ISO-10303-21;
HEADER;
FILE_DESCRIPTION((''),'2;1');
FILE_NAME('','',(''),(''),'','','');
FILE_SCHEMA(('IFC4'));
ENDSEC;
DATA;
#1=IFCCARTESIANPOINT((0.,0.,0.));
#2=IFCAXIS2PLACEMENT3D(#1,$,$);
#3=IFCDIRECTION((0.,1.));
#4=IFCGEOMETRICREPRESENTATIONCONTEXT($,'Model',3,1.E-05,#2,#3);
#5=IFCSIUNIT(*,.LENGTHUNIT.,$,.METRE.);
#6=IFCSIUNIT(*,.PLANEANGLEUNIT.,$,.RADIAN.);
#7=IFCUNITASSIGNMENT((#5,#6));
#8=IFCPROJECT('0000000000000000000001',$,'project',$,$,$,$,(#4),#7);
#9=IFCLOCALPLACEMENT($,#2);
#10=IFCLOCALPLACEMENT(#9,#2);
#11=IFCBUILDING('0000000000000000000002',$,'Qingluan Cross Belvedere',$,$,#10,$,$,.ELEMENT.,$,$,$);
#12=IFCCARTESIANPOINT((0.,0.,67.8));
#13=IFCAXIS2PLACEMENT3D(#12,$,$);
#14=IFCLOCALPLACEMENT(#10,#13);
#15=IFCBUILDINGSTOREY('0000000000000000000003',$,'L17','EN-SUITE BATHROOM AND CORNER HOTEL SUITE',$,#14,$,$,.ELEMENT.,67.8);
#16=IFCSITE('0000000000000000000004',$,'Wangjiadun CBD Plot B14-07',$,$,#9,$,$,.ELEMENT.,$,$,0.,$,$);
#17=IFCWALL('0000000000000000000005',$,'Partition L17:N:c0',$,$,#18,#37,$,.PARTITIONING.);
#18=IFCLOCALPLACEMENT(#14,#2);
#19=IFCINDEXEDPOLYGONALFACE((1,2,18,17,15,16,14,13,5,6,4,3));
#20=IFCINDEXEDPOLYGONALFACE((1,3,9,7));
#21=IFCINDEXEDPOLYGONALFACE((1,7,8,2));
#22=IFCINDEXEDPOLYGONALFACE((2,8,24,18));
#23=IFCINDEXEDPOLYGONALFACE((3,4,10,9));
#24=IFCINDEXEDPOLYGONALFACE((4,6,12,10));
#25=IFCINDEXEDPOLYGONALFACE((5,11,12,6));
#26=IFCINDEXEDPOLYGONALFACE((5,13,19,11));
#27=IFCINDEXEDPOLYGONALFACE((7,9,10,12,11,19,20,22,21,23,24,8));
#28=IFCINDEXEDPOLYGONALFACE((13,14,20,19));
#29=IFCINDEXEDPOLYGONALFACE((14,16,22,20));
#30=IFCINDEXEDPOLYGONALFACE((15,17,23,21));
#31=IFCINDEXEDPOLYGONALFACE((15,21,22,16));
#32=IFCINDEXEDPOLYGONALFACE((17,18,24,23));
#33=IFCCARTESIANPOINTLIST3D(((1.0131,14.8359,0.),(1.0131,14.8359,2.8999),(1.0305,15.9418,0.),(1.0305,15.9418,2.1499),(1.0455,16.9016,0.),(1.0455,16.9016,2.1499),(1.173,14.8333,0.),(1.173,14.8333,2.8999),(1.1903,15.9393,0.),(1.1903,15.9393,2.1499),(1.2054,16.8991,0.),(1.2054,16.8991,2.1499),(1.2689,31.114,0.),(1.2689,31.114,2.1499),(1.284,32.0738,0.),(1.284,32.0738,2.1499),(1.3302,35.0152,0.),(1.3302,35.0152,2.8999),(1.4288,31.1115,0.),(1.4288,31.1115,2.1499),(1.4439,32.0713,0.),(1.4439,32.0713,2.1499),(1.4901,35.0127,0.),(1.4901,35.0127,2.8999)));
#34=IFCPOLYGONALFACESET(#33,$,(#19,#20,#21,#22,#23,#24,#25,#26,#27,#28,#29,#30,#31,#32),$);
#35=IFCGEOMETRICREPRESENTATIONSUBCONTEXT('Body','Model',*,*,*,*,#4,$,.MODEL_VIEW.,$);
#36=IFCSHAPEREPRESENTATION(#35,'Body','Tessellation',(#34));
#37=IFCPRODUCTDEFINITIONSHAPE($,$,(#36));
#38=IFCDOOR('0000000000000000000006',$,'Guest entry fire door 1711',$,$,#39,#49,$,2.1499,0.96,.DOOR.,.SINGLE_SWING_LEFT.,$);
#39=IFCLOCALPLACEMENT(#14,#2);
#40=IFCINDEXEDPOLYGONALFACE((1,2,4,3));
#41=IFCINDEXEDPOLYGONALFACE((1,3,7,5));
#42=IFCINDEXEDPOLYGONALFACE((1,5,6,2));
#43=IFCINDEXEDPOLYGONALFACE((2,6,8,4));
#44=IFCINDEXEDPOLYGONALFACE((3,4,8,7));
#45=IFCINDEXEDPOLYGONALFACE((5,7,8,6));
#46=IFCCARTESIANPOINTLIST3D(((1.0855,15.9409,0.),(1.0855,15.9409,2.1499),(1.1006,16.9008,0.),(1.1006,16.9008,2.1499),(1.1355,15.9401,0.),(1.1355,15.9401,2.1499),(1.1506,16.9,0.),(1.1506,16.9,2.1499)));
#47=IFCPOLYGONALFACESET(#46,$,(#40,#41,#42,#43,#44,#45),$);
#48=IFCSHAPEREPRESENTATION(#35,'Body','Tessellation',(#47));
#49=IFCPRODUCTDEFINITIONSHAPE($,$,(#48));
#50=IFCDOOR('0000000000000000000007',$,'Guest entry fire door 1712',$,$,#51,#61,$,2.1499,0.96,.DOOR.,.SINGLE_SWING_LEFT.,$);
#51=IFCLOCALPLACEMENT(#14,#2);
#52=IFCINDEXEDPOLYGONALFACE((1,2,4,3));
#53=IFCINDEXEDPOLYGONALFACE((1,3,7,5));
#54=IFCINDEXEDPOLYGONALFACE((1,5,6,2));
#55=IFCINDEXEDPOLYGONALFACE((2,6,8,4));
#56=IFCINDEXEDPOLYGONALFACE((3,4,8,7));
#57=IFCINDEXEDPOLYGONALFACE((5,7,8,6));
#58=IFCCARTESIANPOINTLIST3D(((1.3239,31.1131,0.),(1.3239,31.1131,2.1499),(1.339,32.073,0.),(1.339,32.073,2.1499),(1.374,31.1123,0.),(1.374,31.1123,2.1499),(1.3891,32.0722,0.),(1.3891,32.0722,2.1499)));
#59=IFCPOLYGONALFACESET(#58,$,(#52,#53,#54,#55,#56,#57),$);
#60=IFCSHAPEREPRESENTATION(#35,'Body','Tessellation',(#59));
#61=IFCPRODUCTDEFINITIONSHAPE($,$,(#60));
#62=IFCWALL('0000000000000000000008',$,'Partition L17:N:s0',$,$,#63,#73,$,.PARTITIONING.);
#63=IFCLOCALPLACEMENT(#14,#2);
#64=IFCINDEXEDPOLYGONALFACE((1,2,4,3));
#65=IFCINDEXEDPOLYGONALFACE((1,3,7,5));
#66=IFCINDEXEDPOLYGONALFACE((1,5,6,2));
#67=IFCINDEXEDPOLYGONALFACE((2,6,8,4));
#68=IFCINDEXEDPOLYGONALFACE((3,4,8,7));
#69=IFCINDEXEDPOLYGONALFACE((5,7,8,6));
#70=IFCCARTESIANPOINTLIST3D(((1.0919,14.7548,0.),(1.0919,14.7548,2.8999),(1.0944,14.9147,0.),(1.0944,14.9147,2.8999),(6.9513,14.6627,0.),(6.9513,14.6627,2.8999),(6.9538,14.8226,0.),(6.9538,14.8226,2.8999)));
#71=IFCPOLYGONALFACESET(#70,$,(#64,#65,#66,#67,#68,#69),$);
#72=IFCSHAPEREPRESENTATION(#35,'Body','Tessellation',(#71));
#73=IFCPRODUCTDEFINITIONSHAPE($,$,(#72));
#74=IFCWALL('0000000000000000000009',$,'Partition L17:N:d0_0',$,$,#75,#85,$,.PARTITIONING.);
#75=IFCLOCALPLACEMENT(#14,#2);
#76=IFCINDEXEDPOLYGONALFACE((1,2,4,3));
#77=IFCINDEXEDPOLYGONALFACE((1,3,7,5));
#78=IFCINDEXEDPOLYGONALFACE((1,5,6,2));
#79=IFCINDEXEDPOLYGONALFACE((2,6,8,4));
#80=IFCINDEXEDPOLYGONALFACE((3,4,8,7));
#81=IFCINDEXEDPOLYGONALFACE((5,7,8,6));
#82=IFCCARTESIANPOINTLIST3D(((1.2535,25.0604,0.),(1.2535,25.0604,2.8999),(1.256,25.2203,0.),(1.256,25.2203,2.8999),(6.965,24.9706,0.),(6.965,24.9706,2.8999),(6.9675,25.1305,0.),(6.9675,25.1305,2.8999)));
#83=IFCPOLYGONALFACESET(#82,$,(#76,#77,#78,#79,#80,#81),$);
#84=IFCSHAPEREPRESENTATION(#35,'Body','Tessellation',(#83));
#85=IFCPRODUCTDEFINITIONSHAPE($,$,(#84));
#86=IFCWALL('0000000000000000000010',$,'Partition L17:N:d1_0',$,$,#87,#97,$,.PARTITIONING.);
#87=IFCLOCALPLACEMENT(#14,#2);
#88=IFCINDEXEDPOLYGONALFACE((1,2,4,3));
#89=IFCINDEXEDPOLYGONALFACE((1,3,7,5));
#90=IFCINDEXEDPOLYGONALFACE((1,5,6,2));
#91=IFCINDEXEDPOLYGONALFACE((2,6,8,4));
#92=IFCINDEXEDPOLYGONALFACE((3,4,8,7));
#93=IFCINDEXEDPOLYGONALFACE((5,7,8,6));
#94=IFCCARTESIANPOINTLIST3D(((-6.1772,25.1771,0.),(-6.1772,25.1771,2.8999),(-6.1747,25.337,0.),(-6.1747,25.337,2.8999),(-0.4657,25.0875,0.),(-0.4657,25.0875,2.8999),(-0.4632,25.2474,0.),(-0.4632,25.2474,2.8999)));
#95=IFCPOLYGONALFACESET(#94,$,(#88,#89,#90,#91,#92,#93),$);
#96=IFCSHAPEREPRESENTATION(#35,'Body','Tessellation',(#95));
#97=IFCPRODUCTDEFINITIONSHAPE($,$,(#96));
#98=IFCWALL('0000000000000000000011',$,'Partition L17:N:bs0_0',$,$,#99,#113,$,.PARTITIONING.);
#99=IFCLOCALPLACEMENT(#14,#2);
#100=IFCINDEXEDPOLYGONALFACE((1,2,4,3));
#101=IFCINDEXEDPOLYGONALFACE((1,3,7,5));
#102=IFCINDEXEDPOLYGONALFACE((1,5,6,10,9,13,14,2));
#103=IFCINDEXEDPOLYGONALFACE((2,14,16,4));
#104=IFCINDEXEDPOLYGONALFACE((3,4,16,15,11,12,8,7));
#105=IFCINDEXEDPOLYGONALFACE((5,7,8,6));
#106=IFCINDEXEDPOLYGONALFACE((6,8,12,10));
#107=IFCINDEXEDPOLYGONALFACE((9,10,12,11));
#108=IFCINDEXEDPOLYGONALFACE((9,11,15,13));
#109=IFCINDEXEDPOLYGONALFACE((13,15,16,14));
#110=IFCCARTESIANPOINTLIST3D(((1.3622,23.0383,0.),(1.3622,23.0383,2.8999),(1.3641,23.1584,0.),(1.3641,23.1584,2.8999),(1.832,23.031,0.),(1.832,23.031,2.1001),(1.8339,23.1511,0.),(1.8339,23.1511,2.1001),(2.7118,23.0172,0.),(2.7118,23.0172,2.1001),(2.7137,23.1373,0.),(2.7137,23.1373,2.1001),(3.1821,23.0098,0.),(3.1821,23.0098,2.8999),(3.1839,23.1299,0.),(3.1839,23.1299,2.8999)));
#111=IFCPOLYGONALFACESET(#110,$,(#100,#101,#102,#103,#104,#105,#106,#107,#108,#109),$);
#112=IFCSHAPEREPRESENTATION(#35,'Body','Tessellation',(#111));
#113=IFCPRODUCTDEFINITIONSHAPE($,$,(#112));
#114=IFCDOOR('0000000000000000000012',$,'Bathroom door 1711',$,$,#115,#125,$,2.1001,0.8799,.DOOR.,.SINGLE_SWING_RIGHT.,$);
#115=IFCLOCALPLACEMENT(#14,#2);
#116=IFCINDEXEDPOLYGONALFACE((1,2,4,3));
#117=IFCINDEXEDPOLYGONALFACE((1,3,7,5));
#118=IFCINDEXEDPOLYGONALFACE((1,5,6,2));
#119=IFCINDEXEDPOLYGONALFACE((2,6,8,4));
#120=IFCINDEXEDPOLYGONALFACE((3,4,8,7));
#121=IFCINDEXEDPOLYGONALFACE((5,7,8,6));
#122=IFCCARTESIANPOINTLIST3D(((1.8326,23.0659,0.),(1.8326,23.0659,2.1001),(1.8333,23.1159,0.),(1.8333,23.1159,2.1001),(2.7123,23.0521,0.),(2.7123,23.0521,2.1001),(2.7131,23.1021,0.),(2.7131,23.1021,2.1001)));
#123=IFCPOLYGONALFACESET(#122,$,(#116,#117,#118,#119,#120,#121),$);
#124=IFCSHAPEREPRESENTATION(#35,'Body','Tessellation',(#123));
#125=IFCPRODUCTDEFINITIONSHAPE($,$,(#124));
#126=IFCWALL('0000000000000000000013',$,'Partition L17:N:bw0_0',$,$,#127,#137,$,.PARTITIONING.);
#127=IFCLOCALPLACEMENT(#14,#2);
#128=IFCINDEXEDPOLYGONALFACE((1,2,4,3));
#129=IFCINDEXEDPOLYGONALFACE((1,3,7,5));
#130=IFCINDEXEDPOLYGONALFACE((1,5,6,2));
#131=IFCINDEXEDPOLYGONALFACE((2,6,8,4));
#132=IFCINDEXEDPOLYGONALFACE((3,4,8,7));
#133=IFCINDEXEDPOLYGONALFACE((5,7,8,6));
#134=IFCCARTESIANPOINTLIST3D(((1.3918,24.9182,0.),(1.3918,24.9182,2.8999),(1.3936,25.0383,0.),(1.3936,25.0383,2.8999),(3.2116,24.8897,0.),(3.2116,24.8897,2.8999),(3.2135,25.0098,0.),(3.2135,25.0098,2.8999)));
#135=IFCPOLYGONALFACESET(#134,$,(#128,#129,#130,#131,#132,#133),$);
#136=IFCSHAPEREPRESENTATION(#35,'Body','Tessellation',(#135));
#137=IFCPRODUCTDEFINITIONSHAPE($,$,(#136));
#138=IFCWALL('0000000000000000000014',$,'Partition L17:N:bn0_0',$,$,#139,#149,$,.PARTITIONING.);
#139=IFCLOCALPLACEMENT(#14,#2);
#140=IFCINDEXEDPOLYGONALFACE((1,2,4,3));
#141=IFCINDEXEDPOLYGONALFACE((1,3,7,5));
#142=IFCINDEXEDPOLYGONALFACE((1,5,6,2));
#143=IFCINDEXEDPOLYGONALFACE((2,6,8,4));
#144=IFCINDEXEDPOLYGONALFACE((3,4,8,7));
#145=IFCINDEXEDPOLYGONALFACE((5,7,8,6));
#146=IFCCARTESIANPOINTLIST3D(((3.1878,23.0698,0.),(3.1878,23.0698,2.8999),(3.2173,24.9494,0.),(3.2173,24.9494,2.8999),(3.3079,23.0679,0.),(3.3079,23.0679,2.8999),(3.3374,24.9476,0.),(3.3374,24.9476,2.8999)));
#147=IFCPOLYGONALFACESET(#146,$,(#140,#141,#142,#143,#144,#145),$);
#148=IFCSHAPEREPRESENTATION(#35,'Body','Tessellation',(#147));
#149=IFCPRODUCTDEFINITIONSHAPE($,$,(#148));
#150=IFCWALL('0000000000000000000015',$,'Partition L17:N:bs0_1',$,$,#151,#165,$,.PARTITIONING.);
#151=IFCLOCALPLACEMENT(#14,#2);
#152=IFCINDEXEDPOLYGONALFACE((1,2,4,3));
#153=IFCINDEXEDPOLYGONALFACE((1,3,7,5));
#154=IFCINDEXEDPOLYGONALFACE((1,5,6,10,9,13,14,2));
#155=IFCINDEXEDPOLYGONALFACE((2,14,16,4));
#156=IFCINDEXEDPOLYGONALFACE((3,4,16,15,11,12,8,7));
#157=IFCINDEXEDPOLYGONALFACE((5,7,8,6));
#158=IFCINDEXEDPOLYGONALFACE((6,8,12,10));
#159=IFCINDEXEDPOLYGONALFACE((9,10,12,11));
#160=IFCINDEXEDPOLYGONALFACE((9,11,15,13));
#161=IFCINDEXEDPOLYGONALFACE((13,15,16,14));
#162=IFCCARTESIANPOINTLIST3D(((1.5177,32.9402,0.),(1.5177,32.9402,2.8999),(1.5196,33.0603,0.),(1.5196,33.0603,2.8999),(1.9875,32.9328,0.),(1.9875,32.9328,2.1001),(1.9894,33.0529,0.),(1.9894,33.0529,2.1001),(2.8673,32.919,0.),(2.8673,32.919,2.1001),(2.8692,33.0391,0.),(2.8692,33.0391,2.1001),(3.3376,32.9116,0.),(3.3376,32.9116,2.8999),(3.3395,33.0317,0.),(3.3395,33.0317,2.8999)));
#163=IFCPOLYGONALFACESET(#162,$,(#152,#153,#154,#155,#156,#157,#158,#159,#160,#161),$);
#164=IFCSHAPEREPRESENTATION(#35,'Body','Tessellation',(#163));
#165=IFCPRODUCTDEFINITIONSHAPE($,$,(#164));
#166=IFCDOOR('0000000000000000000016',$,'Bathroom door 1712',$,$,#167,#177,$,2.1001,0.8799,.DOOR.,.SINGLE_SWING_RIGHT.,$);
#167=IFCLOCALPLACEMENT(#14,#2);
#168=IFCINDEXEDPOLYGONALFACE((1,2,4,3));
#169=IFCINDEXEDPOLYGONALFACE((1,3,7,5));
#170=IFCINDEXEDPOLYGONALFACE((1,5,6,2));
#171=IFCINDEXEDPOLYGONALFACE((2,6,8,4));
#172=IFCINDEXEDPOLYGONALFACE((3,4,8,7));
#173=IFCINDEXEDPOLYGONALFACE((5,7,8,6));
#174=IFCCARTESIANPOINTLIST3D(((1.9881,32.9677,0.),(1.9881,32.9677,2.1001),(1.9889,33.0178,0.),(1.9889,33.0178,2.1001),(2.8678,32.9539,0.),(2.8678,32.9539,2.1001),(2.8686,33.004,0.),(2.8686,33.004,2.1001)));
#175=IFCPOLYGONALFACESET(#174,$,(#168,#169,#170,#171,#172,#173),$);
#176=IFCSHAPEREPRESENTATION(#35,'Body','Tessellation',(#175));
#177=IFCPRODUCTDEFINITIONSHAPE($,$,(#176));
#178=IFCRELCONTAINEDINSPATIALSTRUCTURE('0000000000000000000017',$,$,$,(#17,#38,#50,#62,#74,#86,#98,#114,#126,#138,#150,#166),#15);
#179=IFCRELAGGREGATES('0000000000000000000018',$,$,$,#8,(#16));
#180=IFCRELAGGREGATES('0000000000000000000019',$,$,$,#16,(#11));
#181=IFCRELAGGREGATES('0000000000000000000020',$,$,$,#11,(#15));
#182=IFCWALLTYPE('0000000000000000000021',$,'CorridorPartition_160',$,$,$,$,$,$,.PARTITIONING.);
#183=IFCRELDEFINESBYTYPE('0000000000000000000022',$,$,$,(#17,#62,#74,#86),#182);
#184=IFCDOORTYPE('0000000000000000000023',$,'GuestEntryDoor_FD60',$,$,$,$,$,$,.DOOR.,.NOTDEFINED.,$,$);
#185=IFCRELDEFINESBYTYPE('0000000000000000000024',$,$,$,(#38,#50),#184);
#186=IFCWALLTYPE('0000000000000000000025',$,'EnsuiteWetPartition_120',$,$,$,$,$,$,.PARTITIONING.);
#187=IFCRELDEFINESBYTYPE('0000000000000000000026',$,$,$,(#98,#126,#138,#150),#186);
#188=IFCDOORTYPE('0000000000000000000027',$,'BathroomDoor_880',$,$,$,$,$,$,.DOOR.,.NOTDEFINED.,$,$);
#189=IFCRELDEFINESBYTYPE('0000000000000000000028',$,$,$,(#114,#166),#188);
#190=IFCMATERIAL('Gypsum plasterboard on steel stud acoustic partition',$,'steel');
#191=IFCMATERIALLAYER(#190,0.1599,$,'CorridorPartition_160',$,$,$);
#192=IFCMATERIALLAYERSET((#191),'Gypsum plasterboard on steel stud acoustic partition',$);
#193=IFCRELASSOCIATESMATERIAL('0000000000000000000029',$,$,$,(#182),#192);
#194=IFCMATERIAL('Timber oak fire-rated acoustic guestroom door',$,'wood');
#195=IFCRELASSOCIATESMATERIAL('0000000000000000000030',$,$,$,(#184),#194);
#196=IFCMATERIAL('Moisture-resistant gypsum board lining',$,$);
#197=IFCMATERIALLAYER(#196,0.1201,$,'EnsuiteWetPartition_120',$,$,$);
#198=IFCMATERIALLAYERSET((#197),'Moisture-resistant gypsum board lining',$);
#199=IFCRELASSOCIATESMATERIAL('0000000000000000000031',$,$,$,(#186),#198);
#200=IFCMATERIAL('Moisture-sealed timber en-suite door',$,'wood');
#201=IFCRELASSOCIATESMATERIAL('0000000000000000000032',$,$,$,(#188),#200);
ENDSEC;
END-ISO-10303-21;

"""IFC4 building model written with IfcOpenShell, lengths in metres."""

from ifc_helpers import new_model, si_unit, direction, frame, frame_2d, origin, place, context, subcontext, project, spatial, rectangle, extrude, material, layer, layer_set, type_object, element, fill, save


model = new_model("IFC4")

# Units and contexts
model_context = context("Model", 3, precision=1e-05, world=origin(), true_north=direction((0.0, 1.0)))
body_context = subcontext(model_context, "Body", "Model", "MODEL_VIEW")
ifc_project = project(units=[si_unit("LENGTHUNIT", "METRE"), si_unit("PLANEANGLEUNIT", "RADIAN")], contexts=[model_context])

# Site, building, storey
site_placement = place(None, origin())
site = spatial("IfcSite", under=ifc_project, at=site_placement, Name="Wangjiadun CBD Plot B14-07", CompositionType="ELEMENT", RefElevation=0.0)
building_placement = place(site_placement, origin())
building = spatial("IfcBuilding", under=site, at=building_placement, Name="Qingluan Cross Belvedere", CompositionType="ELEMENT")
storey_placement = place(building_placement, frame((0.0, 0.0, 67.8)))
storey = spatial("IfcBuildingStorey", under=building, at=storey_placement, Name="L17", Description="EN-SUITE BATHROOM AND CORNER HOTEL SUITE", CompositionType="ELEMENT", Elevation=67.8)

# Wall, openings, doors
ifc_material_1 = material(Name="Gypsum plasterboard on steel stud acoustic partition", Category="steel")
ifc_layer_1 = layer(ifc_material_1, 0.1599, Name="CorridorPartition_160")
ifc_layer_set_1 = layer_set([ifc_layer_1], Name="Gypsum plasterboard on steel stud acoustic partition")
wall_type_1 = type_object("IfcWallType", Name="CorridorPartition_160", PredefinedType="PARTITIONING", material=ifc_layer_set_1)
wall_1_placement = place(storey_placement, frame((1.093, 14.8347, 0.0), z_axis=(0.0, 0.0, 1.0), x_axis=(0.015714, 0.999877, 0.0)))
wall_1 = element("IfcWall", 1, at=wall_1_placement, inside=storey, type_object=wall_type_1, Name="Partition L17:N:c0", PredefinedType="PARTITIONING", context=body_context, shape_type="SweptSolid", body=[
    extrude(rectangle(XDim=20.1819, YDim=0.1599, at=frame_2d((10.0908, 0.0))), origin(), (0.0, 0.0, 1.0), 2.8999),
])
opening_1_placement = place(wall_1_placement, frame((1.106, 0.0, 0.0)))
opening_1 = element("IfcOpeningElement", 2, at=opening_1_placement, cuts=wall_1, PredefinedType="OPENING", context=body_context, shape_type="SweptSolid", body=[
    extrude(rectangle(XDim=0.96, YDim=2.1499, at=frame_2d((0.48, 1.075))), frame((0.0, 0.0898, 0.0), z_axis=(0.0, -1.0, 0.0), x_axis=(1.0, 0.0, 0.0)), (0.0, 0.0, 1.0), 0.1799),
])
opening_2_placement = place(wall_1_placement, frame((16.28, 0.0, 0.0)))
opening_2 = element("IfcOpeningElement", 3, at=opening_2_placement, cuts=wall_1, PredefinedType="OPENING", context=body_context, shape_type="SweptSolid", body=[
    extrude(rectangle(XDim=0.96, YDim=2.1499, at=frame_2d((0.48, 1.075))), frame((0.0, 0.0898, 0.0), z_axis=(0.0, -1.0, 0.0), x_axis=(1.0, 0.0, 0.0)), (0.0, 0.0, 1.0), 0.1799),
])
ifc_material_2 = material(Name="Timber oak fire-rated acoustic guestroom door", Category="wood")
door_type_1 = type_object("IfcDoorType", Name="GuestEntryDoor_FD60", OperationType="NOTDEFINED", PredefinedType="DOOR", material=ifc_material_2)
door_1_placement = place(opening_1_placement, origin())
door_1 = element("IfcDoor", 4, at=door_1_placement, inside=storey, type_object=door_type_1, Name="Guest entry fire door 1711", OperationType="SINGLE_SWING_LEFT", OverallHeight=2.1499, OverallWidth=0.96, PredefinedType="DOOR", context=body_context, shape_type="SweptSolid", body=[
    extrude(rectangle(XDim=0.96, YDim=2.1499, at=frame_2d((0.48, 1.075))), frame((0.0, 0.0249, 0.0), z_axis=(0.0, -1.0, 0.0), x_axis=(1.0, 0.0, 0.0)), (0.0, 0.0, 1.0), 0.05),
])
fill(opening_1, door_1)
door_2_placement = place(opening_2_placement, origin())
door_2 = element("IfcDoor", 5, at=door_2_placement, inside=storey, type_object=door_type_1, Name="Guest entry fire door 1712", OperationType="SINGLE_SWING_LEFT", OverallHeight=2.1499, OverallWidth=0.96, PredefinedType="DOOR", context=body_context, shape_type="SweptSolid", body=[
    extrude(rectangle(XDim=0.96, YDim=2.1499, at=frame_2d((0.48, 1.075))), frame((0.0, 0.0249, 0.0), z_axis=(0.0, -1.0, 0.0), x_axis=(1.0, 0.0, 0.0)), (0.0, 0.0, 1.0), 0.05),
])
fill(opening_2, door_2)

# Walls
wall_2_placement = place(storey_placement, frame((1.093, 14.8347, 0.0), z_axis=(0.0, 0.0, 1.0), x_axis=(0.999877, -0.015706, 0.0)))
element("IfcWall", 6, at=wall_2_placement, inside=storey, type_object=wall_type_1, Name="Partition L17:N:s0", PredefinedType="PARTITIONING", context=body_context, shape_type="SweptSolid", body=[
    extrude(rectangle(XDim=5.8601, YDim=0.1599, at=frame_2d((2.9302, 0.0))), origin(), (0.0, 0.0, 1.0), 2.8999),
])
for number, where, z_axis, x_axis, name in (
    (7, (1.2549, 25.1404, 0.0), (0.0, 0.0, 1.0), (0.999876, -0.015729, 0.0), "Partition L17:N:d0_0"),
    (8, (-0.4646, 25.1675, 0.0), (0.0, 0.0, 1.0), (-0.999877, 0.015686, 0.0), "Partition L17:N:d1_0"),
):
    element("IfcWall", number, at=place(storey_placement, frame(where, z_axis=z_axis, x_axis=x_axis)), inside=storey, type_object=wall_type_1, Name=name, PredefinedType="PARTITIONING", context=body_context, shape_type="SweptSolid", body=[
        extrude(rectangle(XDim=5.7122, YDim=0.1599, at=frame_2d((2.856, 0.0))), origin(), (0.0, 0.0, 1.0), 2.8999),
    ])

# Wall, opening, door
ifc_material_3 = material(Name="Moisture-resistant gypsum board lining")
ifc_layer_2 = layer(ifc_material_3, 0.1201, Name="EnsuiteWetPartition_120")
ifc_layer_set_2 = layer_set([ifc_layer_2], Name="Moisture-resistant gypsum board lining")
wall_type_2 = type_object("IfcWallType", Name="EnsuiteWetPartition_120", PredefinedType="PARTITIONING", material=ifc_layer_set_2)
wall_3_placement = place(storey_placement, frame((1.363, 23.0984, 0.0), z_axis=(0.0, 0.0, 1.0), x_axis=(0.999877, -0.015694, 0.0)))
wall_3 = element("IfcWall", 9, at=wall_3_placement, inside=storey, type_object=wall_type_2, Name="Partition L17:N:bs0_0", PredefinedType="PARTITIONING", context=body_context, shape_type="SweptSolid", body=[
    extrude(rectangle(XDim=1.8201, YDim=0.1201, at=frame_2d((0.9102, 0.0))), origin(), (0.0, 0.0, 1.0), 2.8999),
])
opening_3_placement = place(wall_3_placement, frame((0.47, 0.0, 0.0)))
opening_3 = element("IfcOpeningElement", 10, at=opening_3_placement, cuts=wall_3, PredefinedType="OPENING", context=body_context, shape_type="SweptSolid", body=[
    extrude(rectangle(XDim=0.8799, YDim=2.1001, at=frame_2d((0.4399, 1.05))), frame((0.0, 0.0701, 0.0), z_axis=(0.0, -1.0, 0.0), x_axis=(1.0, 0.0, 0.0)), (0.0, 0.0, 1.0), 0.1401),
])
ifc_material_4 = material(Name="Moisture-sealed timber en-suite door", Category="wood")
door_type_2 = type_object("IfcDoorType", Name="BathroomDoor_880", OperationType="NOTDEFINED", PredefinedType="DOOR", material=ifc_material_4)
door_3_placement = place(opening_3_placement, origin())
door_3 = element("IfcDoor", 11, at=door_3_placement, inside=storey, type_object=door_type_2, Name="Bathroom door 1711", OperationType="SINGLE_SWING_RIGHT", OverallHeight=2.1001, OverallWidth=0.8799, PredefinedType="DOOR", context=body_context, shape_type="SweptSolid", body=[
    extrude(rectangle(XDim=0.8799, YDim=2.1001, at=frame_2d((0.4399, 1.05))), frame((0.0, 0.0249, 0.0), z_axis=(0.0, -1.0, 0.0), x_axis=(1.0, 0.0, 0.0)), (0.0, 0.0, 1.0), 0.05),
])
fill(opening_3, door_3)

# Walls
wall_4_placement = place(storey_placement, frame((1.3926, 24.9783, 0.0), z_axis=(0.0, 0.0, 1.0), x_axis=(0.999877, -0.015694, 0.0)))
element("IfcWall", 12, at=wall_4_placement, inside=storey, type_object=wall_type_2, Name="Partition L17:N:bw0_0", PredefinedType="PARTITIONING", context=body_context, shape_type="SweptSolid", body=[
    extrude(rectangle(XDim=1.8201, YDim=0.1201, at=frame_2d((0.9102, 0.0))), origin(), (0.0, 0.0, 1.0), 2.8999),
])
wall_5_placement = place(storey_placement, frame((3.2478, 23.0688, 0.0), z_axis=(0.0, 0.0, 1.0), x_axis=(0.015714, 0.999877, 0.0)))
element("IfcWall", 13, at=wall_5_placement, inside=storey, type_object=wall_type_2, Name="Partition L17:N:bn0_0", PredefinedType="PARTITIONING", context=body_context, shape_type="SweptSolid", body=[
    extrude(rectangle(XDim=1.8799, YDim=0.1201, at=frame_2d((0.9399, 0.0))), origin(), (0.0, 0.0, 1.0), 2.8999),
])

# Wall, opening, door
wall_6_placement = place(storey_placement, frame((1.5186, 33.0002, 0.0), z_axis=(0.0, 0.0, 1.0), x_axis=(0.999877, -0.015694, 0.0)))
wall_6 = element("IfcWall", 14, at=wall_6_placement, inside=storey, type_object=wall_type_2, Name="Partition L17:N:bs0_1", PredefinedType="PARTITIONING", context=body_context, shape_type="SweptSolid", body=[
    extrude(rectangle(XDim=1.8201, YDim=0.1201, at=frame_2d((0.9102, 0.0))), origin(), (0.0, 0.0, 1.0), 2.8999),
])
opening_4_placement = place(wall_6_placement, frame((0.47, 0.0, 0.0)))
opening_4 = element("IfcOpeningElement", 15, at=opening_4_placement, cuts=wall_6, PredefinedType="OPENING", context=body_context, shape_type="SweptSolid", body=[
    extrude(rectangle(XDim=0.8799, YDim=2.1001, at=frame_2d((0.4399, 1.05))), frame((0.0, 0.0701, 0.0), z_axis=(0.0, -1.0, 0.0), x_axis=(1.0, 0.0, 0.0)), (0.0, 0.0, 1.0), 0.1401),
])
door_4_placement = place(opening_4_placement, origin())
door_4 = element("IfcDoor", 16, at=door_4_placement, inside=storey, type_object=door_type_2, Name="Bathroom door 1712", OperationType="SINGLE_SWING_RIGHT", OverallHeight=2.1001, OverallWidth=0.8799, PredefinedType="DOOR", context=body_context, shape_type="SweptSolid", body=[
    extrude(rectangle(XDim=0.8799, YDim=2.1001, at=frame_2d((0.4399, 1.05))), frame((0.0, 0.0249, 0.0), z_axis=(0.0, -1.0, 0.0), x_axis=(1.0, 0.0, 0.0)), (0.0, 0.0, 1.0), 0.05),
])
fill(opening_4, door_4)

save(model, "model.ifc")
